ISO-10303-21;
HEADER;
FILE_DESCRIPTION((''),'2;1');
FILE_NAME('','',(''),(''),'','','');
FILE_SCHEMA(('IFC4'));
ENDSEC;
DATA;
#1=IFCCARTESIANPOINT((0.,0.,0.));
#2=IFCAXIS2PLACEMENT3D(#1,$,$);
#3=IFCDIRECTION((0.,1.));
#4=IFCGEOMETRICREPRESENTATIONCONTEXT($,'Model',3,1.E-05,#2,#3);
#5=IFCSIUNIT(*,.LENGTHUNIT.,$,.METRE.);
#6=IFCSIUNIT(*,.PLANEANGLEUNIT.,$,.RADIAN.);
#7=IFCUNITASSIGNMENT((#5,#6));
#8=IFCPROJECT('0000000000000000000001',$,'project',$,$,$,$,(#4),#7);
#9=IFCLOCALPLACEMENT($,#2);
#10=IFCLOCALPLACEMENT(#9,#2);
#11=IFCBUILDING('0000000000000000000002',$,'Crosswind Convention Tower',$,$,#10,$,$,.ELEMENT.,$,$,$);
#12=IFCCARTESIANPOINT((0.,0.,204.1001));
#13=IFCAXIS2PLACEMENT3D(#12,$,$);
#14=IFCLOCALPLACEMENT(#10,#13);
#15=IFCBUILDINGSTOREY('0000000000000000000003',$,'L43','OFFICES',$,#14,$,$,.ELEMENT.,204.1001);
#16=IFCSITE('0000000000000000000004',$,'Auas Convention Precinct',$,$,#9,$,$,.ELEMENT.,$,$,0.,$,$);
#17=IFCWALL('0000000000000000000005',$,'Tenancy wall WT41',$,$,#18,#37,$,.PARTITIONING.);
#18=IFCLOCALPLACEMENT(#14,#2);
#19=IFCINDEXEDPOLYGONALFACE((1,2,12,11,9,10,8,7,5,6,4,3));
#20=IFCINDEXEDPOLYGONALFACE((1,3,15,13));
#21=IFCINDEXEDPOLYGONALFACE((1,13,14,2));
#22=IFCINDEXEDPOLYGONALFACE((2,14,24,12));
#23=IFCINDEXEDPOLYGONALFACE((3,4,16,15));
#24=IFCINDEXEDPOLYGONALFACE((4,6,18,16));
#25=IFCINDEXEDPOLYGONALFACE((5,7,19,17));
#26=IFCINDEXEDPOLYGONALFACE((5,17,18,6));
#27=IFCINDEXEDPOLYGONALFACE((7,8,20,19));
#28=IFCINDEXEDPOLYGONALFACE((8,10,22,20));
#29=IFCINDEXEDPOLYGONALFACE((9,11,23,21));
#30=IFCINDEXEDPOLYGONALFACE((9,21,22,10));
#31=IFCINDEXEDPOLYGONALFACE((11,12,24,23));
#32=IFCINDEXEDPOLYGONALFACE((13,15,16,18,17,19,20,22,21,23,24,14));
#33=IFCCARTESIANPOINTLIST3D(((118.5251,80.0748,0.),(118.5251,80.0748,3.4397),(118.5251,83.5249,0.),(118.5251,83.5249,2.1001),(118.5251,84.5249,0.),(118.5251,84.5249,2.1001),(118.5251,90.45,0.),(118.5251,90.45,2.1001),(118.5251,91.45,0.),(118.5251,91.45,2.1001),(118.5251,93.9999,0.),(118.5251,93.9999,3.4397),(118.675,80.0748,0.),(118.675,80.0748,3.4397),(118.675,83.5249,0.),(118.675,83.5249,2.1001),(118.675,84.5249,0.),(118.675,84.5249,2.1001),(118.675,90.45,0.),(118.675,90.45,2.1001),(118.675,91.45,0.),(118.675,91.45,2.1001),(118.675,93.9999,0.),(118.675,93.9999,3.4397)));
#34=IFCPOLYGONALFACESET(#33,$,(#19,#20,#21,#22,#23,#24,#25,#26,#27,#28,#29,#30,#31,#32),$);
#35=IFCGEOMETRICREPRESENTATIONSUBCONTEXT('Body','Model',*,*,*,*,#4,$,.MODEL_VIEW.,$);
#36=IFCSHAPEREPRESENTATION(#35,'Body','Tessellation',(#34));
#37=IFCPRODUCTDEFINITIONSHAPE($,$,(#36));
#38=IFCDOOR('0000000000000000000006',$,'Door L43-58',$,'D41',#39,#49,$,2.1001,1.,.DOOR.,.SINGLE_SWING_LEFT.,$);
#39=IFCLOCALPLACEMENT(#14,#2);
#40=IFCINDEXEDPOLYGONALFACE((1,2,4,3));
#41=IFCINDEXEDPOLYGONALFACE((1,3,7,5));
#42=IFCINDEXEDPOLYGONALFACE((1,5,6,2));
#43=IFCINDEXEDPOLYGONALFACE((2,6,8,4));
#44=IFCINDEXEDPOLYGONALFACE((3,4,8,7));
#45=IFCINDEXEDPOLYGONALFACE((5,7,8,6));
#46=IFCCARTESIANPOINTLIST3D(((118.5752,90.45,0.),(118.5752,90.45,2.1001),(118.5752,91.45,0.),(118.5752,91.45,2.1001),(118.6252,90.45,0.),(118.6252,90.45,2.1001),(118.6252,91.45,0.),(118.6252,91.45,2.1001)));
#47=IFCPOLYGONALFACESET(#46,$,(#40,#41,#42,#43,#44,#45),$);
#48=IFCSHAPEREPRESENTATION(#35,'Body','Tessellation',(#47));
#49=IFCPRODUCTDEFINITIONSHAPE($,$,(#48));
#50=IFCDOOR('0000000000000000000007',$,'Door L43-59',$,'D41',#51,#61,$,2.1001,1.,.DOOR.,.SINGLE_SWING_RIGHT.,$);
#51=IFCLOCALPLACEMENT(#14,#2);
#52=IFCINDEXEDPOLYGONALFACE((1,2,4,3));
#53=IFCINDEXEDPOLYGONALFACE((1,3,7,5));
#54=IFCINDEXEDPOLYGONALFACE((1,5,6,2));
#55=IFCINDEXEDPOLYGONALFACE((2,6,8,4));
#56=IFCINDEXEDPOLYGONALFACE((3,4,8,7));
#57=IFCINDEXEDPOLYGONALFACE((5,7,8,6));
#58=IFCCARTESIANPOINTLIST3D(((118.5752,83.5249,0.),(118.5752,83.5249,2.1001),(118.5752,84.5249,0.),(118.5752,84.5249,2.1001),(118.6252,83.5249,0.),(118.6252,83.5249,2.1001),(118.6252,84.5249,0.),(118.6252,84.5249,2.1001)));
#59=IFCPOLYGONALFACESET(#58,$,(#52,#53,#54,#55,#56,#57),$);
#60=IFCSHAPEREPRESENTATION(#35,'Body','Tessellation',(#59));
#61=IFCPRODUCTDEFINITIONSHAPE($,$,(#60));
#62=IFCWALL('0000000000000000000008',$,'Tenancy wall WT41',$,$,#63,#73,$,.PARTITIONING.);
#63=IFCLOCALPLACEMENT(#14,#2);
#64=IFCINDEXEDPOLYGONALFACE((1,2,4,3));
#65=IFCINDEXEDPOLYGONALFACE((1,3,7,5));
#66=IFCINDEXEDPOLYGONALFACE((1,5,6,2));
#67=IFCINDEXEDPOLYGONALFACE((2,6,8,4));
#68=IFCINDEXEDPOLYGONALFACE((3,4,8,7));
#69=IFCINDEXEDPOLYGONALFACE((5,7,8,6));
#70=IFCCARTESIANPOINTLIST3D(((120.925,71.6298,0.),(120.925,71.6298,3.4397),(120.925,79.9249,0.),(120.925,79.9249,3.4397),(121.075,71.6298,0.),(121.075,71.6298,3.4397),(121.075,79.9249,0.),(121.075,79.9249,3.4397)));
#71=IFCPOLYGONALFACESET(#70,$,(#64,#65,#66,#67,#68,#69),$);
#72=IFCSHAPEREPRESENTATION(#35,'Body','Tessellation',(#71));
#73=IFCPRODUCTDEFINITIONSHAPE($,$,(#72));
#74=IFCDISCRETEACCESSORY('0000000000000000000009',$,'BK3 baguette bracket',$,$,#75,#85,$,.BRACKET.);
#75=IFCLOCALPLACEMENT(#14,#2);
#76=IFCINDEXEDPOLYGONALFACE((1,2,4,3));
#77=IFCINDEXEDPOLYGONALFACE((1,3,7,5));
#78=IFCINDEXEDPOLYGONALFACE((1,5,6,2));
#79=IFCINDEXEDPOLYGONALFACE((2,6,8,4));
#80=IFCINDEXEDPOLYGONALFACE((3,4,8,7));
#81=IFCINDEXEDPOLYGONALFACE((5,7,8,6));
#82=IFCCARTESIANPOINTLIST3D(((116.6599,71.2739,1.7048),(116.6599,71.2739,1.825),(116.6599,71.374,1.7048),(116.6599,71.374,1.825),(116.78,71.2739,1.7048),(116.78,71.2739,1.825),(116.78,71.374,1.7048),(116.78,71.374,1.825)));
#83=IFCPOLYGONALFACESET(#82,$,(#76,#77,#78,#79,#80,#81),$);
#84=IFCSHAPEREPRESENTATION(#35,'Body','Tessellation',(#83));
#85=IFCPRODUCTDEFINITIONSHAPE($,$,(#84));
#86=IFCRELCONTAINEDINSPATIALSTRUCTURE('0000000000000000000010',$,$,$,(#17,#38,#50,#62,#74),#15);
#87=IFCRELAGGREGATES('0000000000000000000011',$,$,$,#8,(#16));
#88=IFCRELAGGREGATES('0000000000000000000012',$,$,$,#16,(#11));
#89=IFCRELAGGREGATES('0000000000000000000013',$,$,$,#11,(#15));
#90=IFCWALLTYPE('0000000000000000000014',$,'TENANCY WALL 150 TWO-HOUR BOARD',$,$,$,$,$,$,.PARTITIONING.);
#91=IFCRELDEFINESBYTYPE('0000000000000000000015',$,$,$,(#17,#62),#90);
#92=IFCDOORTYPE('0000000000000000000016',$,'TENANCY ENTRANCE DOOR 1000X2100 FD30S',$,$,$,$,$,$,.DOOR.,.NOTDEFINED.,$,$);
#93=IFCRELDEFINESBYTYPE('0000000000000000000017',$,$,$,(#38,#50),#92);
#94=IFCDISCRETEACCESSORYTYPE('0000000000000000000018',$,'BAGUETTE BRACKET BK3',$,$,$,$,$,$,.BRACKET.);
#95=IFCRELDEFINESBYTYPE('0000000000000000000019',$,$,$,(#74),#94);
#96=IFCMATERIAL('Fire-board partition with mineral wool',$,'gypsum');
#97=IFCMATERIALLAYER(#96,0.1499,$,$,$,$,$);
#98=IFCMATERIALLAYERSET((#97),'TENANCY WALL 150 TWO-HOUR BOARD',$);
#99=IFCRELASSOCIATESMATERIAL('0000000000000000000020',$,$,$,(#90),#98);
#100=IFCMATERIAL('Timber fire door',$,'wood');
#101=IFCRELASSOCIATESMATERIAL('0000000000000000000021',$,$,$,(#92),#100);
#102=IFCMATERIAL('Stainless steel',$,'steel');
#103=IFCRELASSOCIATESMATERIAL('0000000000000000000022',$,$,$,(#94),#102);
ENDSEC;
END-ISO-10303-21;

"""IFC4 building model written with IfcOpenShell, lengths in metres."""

from ifc_helpers import new_model, si_unit, direction, frame, frame_2d, origin, origin_2d, place, context, subcontext, project, spatial, rectangle, extrude, material, layer, layer_set, type_object, element, fill, save


model = new_model("IFC4")

# Units and contexts
model_context = context("Model", 3, precision=1e-05, world=origin(), true_north=direction((0.0, 1.0)))
body_context = subcontext(model_context, "Body", "Model", "MODEL_VIEW")
ifc_project = project(units=[si_unit("LENGTHUNIT", "METRE"), si_unit("PLANEANGLEUNIT", "RADIAN")], contexts=[model_context])

# Site, building, storey
site_placement = place(None, origin())
site = spatial("IfcSite", under=ifc_project, at=site_placement, Name="Auas Convention Precinct", CompositionType="ELEMENT", RefElevation=0.0)
building_placement = place(site_placement, origin())
building = spatial("IfcBuilding", under=site, at=building_placement, Name="Crosswind Convention Tower", CompositionType="ELEMENT")
storey_placement = place(building_placement, frame((0.0, 0.0, 204.1001)))
storey = spatial("IfcBuildingStorey", under=building, at=storey_placement, Name="L43", Description="OFFICES", CompositionType="ELEMENT", Elevation=204.1001)

# Wall, openings, doors
ifc_material_1 = material(Name="Fire-board partition with mineral wool", Category="gypsum")
ifc_layer_1 = layer(ifc_material_1, 0.1499)
ifc_layer_set_1 = layer_set([ifc_layer_1], Name="TENANCY WALL 150 TWO-HOUR BOARD")
wall_type = type_object("IfcWallType", Name="TENANCY WALL 150 TWO-HOUR BOARD", PredefinedType="PARTITIONING", material=ifc_layer_set_1)
wall_1_placement = place(storey_placement, frame((118.6001, 80.075, 0.0), z_axis=(0.0, 0.0, 1.0), x_axis=(0.0, 1.0, 0.0)))
wall_1 = element("IfcWall", 1, at=wall_1_placement, inside=storey, type_object=wall_type, Name="Tenancy wall WT41", PredefinedType="PARTITIONING", context=body_context, shape_type="SweptSolid", body=[
    extrude(rectangle(XDim=13.925, YDim=0.1499, at=frame_2d((6.9624, 0.0))), origin(), (0.0, 0.0, 1.0), 3.4397),
])
opening_1_placement = place(wall_1_placement, frame((10.375, 0.0, 0.0)))
opening_1 = element("IfcOpeningElement", 2, at=opening_1_placement, cuts=wall_1, PredefinedType="OPENING", context=body_context, shape_type="SweptSolid", body=[
    extrude(rectangle(XDim=1.0, YDim=2.1001, at=frame_2d((0.5, 1.05))), frame((0.0, 0.085, 0.0), z_axis=(0.0, -1.0, 0.0), x_axis=(1.0, 0.0, 0.0)), (0.0, 0.0, 1.0), 0.1699),
])
opening_2_placement = place(wall_1_placement, frame((3.45, 0.0, 0.0)))
opening_2 = element("IfcOpeningElement", 3, at=opening_2_placement, cuts=wall_1, PredefinedType="OPENING", context=body_context, shape_type="SweptSolid", body=[
    extrude(rectangle(XDim=1.0, YDim=2.1001, at=frame_2d((0.5, 1.05))), frame((0.0, 0.085, 0.0), z_axis=(0.0, -1.0, 0.0), x_axis=(1.0, 0.0, 0.0)), (0.0, 0.0, 1.0), 0.1699),
])
ifc_material_2 = material(Name="Timber fire door", Category="wood")
door_type = type_object("IfcDoorType", Name="TENANCY ENTRANCE DOOR 1000X2100 FD30S", OperationType="NOTDEFINED", PredefinedType="DOOR", material=ifc_material_2)
door_1_placement = place(opening_1_placement, origin())
door_1 = element("IfcDoor", 4, at=door_1_placement, inside=storey, type_object=door_type, Name="Door L43-58", ObjectType="D41", OperationType="SINGLE_SWING_LEFT", OverallHeight=2.1001, OverallWidth=1.0, PredefinedType="DOOR", context=body_context, shape_type="SweptSolid", body=[
    extrude(rectangle(XDim=1.0, YDim=2.1001, at=frame_2d((0.5, 1.05))), frame((0.0, 0.0249, 0.0), z_axis=(0.0, -1.0, 0.0), x_axis=(1.0, 0.0, 0.0)), (0.0, 0.0, 1.0), 0.05),
])
fill(opening_1, door_1)
door_2_placement = place(opening_2_placement, origin())
door_2 = element("IfcDoor", 5, at=door_2_placement, inside=storey, type_object=door_type, Name="Door L43-59", ObjectType="D41", OperationType="SINGLE_SWING_RIGHT", OverallHeight=2.1001, OverallWidth=1.0, PredefinedType="DOOR", context=body_context, shape_type="SweptSolid", body=[
    extrude(rectangle(XDim=1.0, YDim=2.1001, at=frame_2d((0.5, 1.05))), frame((0.0, 0.0249, 0.0), z_axis=(0.0, -1.0, 0.0), x_axis=(1.0, 0.0, 0.0)), (0.0, 0.0, 1.0), 0.05),
])
fill(opening_2, door_2)

# Wall
wall_2_placement = place(storey_placement, frame((121.0, 71.6299, 0.0), z_axis=(0.0, 0.0, 1.0), x_axis=(0.0, 1.0, 0.0)))
element("IfcWall", 6, at=wall_2_placement, inside=storey, type_object=wall_type, Name="Tenancy wall WT41", PredefinedType="PARTITIONING", context=body_context, shape_type="SweptSolid", body=[
    extrude(rectangle(XDim=8.2952, YDim=0.1499, at=frame_2d((4.1475, 0.0))), origin(), (0.0, 0.0, 1.0), 3.4397),
])

# Discrete accessory
ifc_material_3 = material(Name="Stainless steel", Category="steel")
discrete_accessory_type = type_object("IfcDiscreteAccessoryType", Name="BAGUETTE BRACKET BK3", PredefinedType="BRACKET", material=ifc_material_3)
discrete_accessory_placement = place(storey_placement, frame((116.72, 71.324, 1.7048), z_axis=(0.0, 0.0, 1.0), x_axis=(1.0, 0.0, 0.0)))
element("IfcDiscreteAccessory", 7, at=discrete_accessory_placement, inside=storey, type_object=discrete_accessory_type, Name="BK3 baguette bracket", PredefinedType="BRACKET", context=body_context, shape_type="SweptSolid", body=[
    extrude(rectangle(XDim=0.1201, YDim=0.1001, at=origin_2d()), origin(), (0.0, 0.0, 1.0), 0.1201),
])

save(model, "model.ifc")
